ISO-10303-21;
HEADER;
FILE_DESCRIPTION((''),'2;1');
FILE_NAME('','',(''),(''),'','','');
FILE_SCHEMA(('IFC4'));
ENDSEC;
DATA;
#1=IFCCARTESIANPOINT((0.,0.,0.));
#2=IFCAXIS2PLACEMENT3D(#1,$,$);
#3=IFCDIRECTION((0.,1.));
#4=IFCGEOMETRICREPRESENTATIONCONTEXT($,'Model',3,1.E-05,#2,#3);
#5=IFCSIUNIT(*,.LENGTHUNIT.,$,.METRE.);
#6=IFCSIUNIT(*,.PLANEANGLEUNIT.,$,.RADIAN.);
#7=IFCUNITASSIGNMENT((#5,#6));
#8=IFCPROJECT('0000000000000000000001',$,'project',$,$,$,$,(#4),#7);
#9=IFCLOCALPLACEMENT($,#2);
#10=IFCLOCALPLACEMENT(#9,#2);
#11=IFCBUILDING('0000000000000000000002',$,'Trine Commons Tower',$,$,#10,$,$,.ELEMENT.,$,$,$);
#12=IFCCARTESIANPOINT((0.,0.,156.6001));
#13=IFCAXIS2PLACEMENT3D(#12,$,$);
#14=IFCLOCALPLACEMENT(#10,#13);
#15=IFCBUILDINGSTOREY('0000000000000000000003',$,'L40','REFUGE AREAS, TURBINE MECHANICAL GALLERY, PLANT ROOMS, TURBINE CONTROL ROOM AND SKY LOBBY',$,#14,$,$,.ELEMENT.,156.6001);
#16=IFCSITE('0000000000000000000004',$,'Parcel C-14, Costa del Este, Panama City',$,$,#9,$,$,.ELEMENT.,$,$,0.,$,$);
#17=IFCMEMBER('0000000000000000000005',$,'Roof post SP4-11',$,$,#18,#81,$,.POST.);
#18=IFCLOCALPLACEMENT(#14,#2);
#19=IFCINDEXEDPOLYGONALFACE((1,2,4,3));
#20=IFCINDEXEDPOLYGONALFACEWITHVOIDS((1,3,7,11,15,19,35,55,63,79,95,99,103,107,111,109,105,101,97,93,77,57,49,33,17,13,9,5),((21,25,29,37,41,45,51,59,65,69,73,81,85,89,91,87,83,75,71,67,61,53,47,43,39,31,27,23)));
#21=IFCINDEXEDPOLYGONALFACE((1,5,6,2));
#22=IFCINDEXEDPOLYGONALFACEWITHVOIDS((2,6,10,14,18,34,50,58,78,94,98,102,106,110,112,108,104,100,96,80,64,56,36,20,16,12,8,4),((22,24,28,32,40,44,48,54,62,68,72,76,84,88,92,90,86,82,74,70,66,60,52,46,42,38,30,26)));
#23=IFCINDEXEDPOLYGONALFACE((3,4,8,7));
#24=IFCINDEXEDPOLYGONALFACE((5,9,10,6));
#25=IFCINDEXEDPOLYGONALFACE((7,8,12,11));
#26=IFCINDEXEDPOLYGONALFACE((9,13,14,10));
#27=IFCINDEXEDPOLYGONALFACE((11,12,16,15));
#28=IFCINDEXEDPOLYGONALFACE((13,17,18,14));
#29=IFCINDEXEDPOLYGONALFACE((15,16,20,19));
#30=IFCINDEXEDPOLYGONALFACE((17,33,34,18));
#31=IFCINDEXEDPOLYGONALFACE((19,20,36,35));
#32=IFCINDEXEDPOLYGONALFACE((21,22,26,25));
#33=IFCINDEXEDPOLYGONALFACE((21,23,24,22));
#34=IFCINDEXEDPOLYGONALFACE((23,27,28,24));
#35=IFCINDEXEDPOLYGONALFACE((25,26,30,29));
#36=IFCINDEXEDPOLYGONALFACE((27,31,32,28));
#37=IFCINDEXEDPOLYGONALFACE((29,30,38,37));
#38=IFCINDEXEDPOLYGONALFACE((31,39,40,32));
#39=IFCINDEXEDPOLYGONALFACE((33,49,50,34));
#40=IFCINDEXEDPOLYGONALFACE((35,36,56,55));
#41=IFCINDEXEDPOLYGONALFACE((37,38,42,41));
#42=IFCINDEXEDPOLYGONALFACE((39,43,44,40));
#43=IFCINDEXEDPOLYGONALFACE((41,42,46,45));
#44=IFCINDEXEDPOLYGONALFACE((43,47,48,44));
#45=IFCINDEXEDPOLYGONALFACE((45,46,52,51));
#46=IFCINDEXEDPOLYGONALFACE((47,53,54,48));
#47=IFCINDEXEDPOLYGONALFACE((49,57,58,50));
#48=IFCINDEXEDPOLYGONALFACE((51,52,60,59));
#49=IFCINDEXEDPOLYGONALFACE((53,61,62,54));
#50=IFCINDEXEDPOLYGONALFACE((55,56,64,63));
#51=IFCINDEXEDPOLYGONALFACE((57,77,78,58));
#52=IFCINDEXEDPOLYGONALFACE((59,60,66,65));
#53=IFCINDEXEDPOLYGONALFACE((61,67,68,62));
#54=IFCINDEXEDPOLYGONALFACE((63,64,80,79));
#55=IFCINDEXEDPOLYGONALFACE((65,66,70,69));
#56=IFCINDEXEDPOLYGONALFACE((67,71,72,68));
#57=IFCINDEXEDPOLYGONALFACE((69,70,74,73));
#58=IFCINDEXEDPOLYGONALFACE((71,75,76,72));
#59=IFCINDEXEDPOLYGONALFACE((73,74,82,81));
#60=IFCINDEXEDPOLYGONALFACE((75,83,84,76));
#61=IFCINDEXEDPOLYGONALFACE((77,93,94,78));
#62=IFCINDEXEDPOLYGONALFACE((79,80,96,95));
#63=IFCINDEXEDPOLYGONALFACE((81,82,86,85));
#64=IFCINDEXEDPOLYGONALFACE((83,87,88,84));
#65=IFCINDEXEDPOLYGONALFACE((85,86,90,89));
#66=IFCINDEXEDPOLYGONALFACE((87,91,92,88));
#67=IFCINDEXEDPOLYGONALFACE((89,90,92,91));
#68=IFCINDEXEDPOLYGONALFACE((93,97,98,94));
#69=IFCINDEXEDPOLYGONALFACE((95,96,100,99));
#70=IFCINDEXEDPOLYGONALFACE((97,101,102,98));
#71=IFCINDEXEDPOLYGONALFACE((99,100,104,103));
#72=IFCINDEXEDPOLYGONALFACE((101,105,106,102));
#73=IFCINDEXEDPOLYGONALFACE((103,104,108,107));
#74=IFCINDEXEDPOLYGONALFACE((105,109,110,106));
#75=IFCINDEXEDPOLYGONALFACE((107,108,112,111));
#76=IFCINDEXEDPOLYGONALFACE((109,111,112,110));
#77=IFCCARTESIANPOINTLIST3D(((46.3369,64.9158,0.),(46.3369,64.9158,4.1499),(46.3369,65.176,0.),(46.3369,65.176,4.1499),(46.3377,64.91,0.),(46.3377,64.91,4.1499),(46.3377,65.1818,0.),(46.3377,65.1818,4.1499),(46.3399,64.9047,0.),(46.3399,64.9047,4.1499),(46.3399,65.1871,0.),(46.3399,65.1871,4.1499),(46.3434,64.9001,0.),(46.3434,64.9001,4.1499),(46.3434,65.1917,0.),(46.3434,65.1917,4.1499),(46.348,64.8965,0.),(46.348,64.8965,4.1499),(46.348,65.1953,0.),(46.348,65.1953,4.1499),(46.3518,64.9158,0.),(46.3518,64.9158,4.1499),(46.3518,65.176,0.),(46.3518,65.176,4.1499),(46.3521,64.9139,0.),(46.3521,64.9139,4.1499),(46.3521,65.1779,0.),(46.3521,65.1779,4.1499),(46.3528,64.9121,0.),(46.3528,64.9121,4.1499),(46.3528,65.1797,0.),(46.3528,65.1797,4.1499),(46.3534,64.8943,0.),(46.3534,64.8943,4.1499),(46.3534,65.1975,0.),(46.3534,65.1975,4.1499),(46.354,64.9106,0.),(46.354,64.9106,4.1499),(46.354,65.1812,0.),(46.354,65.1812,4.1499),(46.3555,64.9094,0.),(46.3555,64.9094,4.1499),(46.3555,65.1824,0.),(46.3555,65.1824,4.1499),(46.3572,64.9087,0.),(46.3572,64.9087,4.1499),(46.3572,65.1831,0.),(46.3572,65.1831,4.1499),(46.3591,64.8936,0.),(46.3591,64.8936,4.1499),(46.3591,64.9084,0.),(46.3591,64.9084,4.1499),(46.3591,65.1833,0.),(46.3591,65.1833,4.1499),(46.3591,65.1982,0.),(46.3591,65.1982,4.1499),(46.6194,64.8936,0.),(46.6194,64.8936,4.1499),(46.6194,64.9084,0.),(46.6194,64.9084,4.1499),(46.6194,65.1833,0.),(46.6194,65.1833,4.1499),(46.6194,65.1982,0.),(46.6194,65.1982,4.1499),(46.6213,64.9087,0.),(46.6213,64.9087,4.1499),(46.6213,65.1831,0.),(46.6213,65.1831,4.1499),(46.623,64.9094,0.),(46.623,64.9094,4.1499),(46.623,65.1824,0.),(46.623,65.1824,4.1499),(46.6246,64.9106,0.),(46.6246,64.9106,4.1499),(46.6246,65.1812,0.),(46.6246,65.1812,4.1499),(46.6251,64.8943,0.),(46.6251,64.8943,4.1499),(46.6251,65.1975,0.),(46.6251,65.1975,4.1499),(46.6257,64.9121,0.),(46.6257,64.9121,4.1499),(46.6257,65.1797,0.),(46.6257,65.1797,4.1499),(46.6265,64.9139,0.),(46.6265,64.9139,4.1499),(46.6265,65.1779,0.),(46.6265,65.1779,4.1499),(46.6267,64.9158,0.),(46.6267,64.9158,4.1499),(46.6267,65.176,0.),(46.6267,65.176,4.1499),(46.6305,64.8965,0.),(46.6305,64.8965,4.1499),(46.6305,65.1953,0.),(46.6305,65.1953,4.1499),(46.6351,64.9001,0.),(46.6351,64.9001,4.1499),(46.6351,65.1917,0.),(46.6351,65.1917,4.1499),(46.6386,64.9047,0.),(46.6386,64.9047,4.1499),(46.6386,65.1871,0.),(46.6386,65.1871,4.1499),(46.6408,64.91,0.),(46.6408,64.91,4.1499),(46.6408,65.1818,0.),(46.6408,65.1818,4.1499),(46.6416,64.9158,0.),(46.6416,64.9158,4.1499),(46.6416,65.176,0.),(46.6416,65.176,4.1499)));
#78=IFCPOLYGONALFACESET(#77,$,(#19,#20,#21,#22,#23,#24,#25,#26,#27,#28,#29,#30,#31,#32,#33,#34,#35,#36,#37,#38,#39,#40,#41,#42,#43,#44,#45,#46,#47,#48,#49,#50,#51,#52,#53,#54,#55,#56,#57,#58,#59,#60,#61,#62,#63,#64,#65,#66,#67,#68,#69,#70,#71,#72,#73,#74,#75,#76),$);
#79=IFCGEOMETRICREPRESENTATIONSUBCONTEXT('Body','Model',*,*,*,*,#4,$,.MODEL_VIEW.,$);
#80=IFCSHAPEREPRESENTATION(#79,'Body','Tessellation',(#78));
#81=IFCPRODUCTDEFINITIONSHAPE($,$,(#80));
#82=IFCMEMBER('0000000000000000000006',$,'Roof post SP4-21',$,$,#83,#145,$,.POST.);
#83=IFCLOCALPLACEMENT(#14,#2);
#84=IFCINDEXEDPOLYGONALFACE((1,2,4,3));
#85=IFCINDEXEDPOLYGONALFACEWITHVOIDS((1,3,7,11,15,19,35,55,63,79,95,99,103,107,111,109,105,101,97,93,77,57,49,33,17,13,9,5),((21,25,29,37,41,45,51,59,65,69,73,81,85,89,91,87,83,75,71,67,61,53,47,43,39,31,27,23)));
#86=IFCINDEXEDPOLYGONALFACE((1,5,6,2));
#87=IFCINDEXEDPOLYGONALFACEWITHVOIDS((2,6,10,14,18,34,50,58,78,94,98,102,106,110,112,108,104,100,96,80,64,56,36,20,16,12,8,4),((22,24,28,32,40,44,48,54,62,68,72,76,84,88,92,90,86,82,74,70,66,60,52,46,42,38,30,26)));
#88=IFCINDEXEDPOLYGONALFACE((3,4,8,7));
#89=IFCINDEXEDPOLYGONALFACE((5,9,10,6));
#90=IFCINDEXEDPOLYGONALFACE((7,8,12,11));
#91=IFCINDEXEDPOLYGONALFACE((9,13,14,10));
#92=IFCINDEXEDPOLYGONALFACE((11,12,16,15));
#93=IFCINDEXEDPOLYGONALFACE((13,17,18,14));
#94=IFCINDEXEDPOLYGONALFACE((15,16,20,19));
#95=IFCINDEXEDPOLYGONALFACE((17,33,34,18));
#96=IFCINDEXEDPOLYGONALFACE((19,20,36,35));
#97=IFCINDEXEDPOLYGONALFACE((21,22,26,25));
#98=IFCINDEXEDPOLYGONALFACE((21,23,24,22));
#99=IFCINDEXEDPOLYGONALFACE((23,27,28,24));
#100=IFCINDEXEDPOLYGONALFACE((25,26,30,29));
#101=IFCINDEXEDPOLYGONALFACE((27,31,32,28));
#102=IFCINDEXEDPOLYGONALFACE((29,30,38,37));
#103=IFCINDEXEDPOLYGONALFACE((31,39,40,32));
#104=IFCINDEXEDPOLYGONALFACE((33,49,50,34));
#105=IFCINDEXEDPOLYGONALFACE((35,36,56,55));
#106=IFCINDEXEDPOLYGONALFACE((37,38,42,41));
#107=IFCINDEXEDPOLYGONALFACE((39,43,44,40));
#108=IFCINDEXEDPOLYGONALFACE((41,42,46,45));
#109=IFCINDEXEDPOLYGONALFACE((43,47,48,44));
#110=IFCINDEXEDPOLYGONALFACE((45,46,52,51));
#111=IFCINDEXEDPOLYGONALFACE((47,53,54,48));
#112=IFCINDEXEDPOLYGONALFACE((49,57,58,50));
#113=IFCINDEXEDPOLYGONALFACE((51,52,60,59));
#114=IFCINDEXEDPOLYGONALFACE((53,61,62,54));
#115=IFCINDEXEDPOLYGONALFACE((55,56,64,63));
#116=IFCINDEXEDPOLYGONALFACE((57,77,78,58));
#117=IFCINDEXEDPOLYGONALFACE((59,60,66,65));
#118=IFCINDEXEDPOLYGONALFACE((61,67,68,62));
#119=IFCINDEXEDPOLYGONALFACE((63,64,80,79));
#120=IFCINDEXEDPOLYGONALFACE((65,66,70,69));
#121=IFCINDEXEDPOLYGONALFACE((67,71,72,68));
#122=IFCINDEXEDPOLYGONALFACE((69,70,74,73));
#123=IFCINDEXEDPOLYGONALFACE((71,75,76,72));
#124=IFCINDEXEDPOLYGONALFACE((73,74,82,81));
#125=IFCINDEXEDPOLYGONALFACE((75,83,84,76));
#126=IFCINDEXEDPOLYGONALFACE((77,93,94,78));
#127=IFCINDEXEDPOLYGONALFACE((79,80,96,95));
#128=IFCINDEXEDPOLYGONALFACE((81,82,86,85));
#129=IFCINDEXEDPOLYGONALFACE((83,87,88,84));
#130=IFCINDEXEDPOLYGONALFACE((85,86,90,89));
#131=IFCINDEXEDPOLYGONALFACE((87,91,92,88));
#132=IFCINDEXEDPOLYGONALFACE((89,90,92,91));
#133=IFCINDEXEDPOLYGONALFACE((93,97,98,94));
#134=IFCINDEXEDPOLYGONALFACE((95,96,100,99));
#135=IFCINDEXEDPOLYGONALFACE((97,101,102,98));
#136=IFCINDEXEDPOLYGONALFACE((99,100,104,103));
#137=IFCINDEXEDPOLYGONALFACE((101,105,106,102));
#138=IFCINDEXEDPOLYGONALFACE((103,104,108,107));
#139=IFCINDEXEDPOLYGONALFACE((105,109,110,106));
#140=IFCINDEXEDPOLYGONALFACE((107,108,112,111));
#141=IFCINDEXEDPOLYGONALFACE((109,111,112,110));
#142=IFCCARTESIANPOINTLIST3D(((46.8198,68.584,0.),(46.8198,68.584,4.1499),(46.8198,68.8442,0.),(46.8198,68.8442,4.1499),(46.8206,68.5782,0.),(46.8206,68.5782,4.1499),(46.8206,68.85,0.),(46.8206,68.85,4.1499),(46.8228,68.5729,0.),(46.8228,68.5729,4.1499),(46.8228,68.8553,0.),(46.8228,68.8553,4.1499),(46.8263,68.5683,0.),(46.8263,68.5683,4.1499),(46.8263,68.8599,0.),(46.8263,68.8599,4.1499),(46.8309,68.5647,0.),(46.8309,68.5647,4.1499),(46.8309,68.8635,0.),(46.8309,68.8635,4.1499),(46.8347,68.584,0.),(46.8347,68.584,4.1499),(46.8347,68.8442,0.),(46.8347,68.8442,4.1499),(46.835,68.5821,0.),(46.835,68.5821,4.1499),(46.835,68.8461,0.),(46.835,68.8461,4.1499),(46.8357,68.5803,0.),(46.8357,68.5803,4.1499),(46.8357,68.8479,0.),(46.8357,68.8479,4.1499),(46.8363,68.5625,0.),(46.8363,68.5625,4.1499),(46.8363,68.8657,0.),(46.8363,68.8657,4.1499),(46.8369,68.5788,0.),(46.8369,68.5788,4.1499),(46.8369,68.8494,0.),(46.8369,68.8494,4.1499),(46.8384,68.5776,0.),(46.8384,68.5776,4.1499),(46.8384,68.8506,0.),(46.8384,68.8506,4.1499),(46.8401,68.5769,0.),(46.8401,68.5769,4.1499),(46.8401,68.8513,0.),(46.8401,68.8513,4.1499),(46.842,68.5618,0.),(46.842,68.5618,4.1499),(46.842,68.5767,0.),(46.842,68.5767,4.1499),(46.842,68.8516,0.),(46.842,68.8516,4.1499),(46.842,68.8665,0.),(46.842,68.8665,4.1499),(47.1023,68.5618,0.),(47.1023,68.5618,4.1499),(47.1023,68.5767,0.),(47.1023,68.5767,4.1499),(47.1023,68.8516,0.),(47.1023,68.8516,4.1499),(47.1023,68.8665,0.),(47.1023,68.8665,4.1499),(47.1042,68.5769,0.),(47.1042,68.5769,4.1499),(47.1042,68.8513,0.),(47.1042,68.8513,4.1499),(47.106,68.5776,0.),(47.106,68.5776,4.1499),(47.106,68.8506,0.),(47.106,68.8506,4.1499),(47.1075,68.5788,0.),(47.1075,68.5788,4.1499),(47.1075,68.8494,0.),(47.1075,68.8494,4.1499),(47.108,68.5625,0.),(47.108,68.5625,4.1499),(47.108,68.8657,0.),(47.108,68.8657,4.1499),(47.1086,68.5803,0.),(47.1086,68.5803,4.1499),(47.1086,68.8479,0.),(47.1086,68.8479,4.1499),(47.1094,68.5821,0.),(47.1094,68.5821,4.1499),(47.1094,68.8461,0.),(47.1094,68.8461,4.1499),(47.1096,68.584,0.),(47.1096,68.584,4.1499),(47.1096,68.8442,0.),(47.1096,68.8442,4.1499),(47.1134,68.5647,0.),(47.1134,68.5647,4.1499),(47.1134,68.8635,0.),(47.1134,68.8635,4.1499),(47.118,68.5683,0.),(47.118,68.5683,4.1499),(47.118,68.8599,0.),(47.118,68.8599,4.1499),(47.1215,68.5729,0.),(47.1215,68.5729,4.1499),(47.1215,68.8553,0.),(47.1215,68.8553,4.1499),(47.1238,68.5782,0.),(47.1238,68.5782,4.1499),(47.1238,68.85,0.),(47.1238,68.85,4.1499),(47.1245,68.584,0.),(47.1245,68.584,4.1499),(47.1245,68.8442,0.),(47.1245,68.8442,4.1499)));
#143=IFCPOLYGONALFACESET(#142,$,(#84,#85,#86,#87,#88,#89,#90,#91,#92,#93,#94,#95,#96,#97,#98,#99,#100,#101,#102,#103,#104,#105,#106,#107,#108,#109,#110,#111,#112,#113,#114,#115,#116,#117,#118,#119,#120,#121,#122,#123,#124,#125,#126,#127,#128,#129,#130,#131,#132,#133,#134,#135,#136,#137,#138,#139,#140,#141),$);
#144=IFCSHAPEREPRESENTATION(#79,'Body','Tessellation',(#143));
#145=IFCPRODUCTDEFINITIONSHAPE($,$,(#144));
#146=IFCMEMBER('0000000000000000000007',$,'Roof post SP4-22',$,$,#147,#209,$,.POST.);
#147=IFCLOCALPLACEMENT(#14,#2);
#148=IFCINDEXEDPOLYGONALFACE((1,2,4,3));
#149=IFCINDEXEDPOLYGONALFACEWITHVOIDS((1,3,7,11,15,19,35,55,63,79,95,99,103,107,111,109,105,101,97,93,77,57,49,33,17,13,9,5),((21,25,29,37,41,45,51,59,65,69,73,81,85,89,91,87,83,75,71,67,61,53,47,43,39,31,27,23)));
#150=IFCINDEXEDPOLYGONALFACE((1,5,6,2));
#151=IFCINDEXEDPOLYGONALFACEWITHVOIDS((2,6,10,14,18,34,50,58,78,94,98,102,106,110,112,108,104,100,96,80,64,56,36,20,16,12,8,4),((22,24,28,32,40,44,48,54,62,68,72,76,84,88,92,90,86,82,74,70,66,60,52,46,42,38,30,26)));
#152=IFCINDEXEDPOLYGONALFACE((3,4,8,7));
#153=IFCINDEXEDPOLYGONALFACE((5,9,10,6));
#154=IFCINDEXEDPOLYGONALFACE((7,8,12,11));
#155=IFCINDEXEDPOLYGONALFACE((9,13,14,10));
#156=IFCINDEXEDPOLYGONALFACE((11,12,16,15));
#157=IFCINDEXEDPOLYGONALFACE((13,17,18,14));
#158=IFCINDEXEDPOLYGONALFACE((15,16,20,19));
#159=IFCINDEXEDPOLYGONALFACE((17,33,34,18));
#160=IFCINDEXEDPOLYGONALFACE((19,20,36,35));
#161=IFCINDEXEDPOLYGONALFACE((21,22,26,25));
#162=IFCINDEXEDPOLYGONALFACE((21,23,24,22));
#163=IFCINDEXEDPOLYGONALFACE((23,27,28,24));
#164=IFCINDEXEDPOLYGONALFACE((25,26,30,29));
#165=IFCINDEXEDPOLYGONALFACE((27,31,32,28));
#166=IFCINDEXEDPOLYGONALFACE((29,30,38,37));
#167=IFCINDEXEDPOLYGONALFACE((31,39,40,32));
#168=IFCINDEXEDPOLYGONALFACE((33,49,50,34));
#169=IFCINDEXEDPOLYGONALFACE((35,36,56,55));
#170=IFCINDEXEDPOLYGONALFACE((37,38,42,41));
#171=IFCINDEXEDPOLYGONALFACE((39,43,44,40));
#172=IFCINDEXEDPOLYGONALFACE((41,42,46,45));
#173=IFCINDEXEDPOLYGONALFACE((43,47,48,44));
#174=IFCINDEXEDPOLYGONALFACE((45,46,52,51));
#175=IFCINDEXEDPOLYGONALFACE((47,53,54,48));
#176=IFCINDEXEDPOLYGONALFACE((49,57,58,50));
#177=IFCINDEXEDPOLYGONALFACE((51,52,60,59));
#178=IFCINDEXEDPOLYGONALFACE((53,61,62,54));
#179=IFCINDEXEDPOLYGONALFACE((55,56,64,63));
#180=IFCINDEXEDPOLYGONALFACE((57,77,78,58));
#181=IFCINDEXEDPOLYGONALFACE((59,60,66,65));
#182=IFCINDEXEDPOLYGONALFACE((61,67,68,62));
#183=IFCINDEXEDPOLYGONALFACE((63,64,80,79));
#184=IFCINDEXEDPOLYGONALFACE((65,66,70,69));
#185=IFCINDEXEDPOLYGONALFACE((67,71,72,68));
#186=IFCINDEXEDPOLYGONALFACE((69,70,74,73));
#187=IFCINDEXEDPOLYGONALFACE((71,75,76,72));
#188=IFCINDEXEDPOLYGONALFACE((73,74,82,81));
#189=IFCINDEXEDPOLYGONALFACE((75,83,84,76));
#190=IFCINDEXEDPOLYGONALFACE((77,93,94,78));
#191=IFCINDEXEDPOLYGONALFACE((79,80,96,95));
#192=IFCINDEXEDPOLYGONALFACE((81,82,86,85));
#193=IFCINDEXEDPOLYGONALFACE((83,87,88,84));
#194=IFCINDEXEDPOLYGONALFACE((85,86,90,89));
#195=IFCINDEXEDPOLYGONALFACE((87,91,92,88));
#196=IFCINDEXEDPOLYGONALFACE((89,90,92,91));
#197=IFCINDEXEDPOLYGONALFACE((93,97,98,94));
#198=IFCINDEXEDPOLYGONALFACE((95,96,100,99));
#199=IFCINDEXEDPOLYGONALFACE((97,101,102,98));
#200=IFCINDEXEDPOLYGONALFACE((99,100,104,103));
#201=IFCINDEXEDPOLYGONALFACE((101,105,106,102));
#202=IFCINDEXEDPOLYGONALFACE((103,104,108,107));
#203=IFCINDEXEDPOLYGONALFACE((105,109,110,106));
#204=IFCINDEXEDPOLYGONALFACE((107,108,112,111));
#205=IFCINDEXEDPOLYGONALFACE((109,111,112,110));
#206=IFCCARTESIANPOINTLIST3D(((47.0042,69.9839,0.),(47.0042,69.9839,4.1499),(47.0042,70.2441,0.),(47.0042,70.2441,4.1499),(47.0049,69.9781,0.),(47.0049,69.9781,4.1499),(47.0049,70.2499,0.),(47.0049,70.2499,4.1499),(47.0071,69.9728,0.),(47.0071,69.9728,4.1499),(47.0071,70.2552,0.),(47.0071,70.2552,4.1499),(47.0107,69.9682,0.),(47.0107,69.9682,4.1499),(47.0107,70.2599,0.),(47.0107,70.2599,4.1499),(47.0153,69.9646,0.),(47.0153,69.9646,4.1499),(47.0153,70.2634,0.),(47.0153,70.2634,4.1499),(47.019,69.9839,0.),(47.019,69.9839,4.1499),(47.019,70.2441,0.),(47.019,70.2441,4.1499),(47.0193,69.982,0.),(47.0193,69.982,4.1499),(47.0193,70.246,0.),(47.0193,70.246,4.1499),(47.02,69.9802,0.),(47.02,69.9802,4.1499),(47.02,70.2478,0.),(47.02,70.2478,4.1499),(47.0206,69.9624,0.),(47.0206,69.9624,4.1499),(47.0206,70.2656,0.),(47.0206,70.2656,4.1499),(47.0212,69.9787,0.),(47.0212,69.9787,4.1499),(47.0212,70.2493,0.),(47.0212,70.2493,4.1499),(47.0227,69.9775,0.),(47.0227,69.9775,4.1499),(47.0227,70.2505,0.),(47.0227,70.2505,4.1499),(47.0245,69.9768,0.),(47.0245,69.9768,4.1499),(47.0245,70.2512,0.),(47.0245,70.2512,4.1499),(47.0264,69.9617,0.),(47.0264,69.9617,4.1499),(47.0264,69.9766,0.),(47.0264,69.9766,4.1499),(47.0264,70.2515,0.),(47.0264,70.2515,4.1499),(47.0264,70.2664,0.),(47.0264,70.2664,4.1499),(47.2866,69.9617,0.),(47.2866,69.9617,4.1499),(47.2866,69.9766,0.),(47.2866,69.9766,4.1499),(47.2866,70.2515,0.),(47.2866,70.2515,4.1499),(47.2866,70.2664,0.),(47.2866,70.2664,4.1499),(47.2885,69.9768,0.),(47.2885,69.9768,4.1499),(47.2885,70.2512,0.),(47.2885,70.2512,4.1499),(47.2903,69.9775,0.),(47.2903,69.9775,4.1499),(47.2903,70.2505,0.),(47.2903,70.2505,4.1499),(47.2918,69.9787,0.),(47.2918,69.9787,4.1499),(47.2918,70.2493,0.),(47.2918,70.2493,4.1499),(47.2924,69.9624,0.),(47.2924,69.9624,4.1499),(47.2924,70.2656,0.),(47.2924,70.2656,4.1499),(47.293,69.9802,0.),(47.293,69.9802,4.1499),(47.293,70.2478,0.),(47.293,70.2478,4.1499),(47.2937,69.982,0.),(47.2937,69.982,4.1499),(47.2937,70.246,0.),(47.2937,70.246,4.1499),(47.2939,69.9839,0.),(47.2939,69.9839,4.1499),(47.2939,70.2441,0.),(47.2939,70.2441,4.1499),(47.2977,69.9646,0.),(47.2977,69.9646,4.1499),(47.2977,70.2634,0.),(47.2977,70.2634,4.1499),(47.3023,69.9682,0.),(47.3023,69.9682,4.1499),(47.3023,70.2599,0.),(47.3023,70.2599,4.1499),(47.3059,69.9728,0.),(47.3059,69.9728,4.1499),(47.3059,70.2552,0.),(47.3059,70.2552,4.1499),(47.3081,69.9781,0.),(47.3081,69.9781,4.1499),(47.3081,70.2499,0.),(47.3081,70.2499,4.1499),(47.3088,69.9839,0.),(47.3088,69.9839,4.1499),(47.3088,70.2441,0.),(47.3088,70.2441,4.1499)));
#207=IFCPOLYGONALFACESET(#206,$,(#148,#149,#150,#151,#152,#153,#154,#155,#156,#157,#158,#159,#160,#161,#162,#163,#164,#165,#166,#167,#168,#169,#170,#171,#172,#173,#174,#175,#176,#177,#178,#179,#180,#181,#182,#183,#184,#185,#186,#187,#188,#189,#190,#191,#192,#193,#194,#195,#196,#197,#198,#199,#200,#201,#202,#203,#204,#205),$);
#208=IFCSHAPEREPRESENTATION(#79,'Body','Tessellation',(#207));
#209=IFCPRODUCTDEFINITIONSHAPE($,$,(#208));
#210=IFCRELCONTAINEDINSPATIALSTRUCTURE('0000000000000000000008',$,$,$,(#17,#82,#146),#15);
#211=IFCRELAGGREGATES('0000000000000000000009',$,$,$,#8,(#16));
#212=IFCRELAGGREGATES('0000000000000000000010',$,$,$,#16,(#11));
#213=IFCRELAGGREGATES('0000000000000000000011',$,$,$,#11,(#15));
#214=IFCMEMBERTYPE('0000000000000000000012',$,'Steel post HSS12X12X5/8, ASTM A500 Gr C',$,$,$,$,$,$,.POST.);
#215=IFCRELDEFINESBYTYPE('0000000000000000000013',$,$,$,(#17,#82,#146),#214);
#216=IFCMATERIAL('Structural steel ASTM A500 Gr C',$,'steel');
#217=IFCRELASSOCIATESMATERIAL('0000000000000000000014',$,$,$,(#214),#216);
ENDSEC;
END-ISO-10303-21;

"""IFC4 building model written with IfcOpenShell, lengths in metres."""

from ifc_helpers import new_model, si_unit, direction, frame, origin, origin_2d, place, context, subcontext, project, spatial, hollow_rectangle, extrude, material, material_profile, profile_set, type_object, element, save


model = new_model("IFC4")

# Units and contexts
model_context = context("Model", 3, precision=1e-05, world=origin(), true_north=direction((0.0, 1.0)))
body_context = subcontext(model_context, "Body", "Model", "MODEL_VIEW")
ifc_project = project(units=[si_unit("LENGTHUNIT", "METRE"), si_unit("PLANEANGLEUNIT", "RADIAN")], contexts=[model_context])

# Site, building, storey
site_placement = place(None, origin())
site = spatial("IfcSite", under=ifc_project, at=site_placement, Name="Parcel C-14, Costa del Este, Panama City", CompositionType="ELEMENT", RefElevation=0.0)
building_placement = place(site_placement, origin())
building = spatial("IfcBuilding", under=site, at=building_placement, Name="Trine Commons Tower", CompositionType="ELEMENT")
storey_placement = place(building_placement, frame((0.0, 0.0, 156.6001)))
storey = spatial("IfcBuildingStorey", under=building, at=storey_placement, Name="L40", Description="REFUGE AREAS, TURBINE MECHANICAL GALLERY, PLANT ROOMS, TURBINE CONTROL ROOM AND SKY LOBBY", CompositionType="ELEMENT", Elevation=156.6001)

# Members
ifc_material_1 = material(Name="Structural steel ASTM A500 Gr C", Category="steel")
ifc_material_profile_1 = material_profile(ifc_material_1, hollow_rectangle(XDim=0.3047, YDim=0.3047, WallThickness=0.0149, InnerFilletRadius=0.0073, OuterFilletRadius=0.0222, at=origin_2d()), Name="HSS12X12X5/8")
ifc_profile_set_1 = profile_set([ifc_material_profile_1], Name="Structural steel ASTM A500 Gr C")
member_type_1 = type_object("IfcMemberType", Name="Steel post HSS12X12X5/8, ASTM A500 Gr C", PredefinedType="POST", material=ifc_profile_set_1)
for number, where, z_axis, x_axis, name in (
    (1, (46.4893, 65.0459, 0.0), (0.0, 0.0, 1.0), (1.0, 0.0, 0.0), "Roof post SP4-11"),
    (2, (46.9722, 68.7141, 0.0), (0.0, 0.0, 1.0), (1.0, 0.0, 0.0), "Roof post SP4-21"),
    (3, (47.1565, 70.114, 0.0), (0.0, 0.0, 1.0), (1.0, 0.0, 0.0), "Roof post SP4-22"),
):
    element("IfcMember", number, at=place(storey_placement, frame(where, z_axis=z_axis, x_axis=x_axis)), inside=storey, type_object=member_type_1, Name=name, PredefinedType="POST", context=body_context, shape_type="SweptSolid", body=[
        extrude(hollow_rectangle(XDim=0.3047, YDim=0.3047, WallThickness=0.0149, InnerFilletRadius=0.0073, OuterFilletRadius=0.0222, at=origin_2d()), origin(), (0.0, 0.0, 1.0), 4.1499),
    ])

save(model, "model.ifc")
